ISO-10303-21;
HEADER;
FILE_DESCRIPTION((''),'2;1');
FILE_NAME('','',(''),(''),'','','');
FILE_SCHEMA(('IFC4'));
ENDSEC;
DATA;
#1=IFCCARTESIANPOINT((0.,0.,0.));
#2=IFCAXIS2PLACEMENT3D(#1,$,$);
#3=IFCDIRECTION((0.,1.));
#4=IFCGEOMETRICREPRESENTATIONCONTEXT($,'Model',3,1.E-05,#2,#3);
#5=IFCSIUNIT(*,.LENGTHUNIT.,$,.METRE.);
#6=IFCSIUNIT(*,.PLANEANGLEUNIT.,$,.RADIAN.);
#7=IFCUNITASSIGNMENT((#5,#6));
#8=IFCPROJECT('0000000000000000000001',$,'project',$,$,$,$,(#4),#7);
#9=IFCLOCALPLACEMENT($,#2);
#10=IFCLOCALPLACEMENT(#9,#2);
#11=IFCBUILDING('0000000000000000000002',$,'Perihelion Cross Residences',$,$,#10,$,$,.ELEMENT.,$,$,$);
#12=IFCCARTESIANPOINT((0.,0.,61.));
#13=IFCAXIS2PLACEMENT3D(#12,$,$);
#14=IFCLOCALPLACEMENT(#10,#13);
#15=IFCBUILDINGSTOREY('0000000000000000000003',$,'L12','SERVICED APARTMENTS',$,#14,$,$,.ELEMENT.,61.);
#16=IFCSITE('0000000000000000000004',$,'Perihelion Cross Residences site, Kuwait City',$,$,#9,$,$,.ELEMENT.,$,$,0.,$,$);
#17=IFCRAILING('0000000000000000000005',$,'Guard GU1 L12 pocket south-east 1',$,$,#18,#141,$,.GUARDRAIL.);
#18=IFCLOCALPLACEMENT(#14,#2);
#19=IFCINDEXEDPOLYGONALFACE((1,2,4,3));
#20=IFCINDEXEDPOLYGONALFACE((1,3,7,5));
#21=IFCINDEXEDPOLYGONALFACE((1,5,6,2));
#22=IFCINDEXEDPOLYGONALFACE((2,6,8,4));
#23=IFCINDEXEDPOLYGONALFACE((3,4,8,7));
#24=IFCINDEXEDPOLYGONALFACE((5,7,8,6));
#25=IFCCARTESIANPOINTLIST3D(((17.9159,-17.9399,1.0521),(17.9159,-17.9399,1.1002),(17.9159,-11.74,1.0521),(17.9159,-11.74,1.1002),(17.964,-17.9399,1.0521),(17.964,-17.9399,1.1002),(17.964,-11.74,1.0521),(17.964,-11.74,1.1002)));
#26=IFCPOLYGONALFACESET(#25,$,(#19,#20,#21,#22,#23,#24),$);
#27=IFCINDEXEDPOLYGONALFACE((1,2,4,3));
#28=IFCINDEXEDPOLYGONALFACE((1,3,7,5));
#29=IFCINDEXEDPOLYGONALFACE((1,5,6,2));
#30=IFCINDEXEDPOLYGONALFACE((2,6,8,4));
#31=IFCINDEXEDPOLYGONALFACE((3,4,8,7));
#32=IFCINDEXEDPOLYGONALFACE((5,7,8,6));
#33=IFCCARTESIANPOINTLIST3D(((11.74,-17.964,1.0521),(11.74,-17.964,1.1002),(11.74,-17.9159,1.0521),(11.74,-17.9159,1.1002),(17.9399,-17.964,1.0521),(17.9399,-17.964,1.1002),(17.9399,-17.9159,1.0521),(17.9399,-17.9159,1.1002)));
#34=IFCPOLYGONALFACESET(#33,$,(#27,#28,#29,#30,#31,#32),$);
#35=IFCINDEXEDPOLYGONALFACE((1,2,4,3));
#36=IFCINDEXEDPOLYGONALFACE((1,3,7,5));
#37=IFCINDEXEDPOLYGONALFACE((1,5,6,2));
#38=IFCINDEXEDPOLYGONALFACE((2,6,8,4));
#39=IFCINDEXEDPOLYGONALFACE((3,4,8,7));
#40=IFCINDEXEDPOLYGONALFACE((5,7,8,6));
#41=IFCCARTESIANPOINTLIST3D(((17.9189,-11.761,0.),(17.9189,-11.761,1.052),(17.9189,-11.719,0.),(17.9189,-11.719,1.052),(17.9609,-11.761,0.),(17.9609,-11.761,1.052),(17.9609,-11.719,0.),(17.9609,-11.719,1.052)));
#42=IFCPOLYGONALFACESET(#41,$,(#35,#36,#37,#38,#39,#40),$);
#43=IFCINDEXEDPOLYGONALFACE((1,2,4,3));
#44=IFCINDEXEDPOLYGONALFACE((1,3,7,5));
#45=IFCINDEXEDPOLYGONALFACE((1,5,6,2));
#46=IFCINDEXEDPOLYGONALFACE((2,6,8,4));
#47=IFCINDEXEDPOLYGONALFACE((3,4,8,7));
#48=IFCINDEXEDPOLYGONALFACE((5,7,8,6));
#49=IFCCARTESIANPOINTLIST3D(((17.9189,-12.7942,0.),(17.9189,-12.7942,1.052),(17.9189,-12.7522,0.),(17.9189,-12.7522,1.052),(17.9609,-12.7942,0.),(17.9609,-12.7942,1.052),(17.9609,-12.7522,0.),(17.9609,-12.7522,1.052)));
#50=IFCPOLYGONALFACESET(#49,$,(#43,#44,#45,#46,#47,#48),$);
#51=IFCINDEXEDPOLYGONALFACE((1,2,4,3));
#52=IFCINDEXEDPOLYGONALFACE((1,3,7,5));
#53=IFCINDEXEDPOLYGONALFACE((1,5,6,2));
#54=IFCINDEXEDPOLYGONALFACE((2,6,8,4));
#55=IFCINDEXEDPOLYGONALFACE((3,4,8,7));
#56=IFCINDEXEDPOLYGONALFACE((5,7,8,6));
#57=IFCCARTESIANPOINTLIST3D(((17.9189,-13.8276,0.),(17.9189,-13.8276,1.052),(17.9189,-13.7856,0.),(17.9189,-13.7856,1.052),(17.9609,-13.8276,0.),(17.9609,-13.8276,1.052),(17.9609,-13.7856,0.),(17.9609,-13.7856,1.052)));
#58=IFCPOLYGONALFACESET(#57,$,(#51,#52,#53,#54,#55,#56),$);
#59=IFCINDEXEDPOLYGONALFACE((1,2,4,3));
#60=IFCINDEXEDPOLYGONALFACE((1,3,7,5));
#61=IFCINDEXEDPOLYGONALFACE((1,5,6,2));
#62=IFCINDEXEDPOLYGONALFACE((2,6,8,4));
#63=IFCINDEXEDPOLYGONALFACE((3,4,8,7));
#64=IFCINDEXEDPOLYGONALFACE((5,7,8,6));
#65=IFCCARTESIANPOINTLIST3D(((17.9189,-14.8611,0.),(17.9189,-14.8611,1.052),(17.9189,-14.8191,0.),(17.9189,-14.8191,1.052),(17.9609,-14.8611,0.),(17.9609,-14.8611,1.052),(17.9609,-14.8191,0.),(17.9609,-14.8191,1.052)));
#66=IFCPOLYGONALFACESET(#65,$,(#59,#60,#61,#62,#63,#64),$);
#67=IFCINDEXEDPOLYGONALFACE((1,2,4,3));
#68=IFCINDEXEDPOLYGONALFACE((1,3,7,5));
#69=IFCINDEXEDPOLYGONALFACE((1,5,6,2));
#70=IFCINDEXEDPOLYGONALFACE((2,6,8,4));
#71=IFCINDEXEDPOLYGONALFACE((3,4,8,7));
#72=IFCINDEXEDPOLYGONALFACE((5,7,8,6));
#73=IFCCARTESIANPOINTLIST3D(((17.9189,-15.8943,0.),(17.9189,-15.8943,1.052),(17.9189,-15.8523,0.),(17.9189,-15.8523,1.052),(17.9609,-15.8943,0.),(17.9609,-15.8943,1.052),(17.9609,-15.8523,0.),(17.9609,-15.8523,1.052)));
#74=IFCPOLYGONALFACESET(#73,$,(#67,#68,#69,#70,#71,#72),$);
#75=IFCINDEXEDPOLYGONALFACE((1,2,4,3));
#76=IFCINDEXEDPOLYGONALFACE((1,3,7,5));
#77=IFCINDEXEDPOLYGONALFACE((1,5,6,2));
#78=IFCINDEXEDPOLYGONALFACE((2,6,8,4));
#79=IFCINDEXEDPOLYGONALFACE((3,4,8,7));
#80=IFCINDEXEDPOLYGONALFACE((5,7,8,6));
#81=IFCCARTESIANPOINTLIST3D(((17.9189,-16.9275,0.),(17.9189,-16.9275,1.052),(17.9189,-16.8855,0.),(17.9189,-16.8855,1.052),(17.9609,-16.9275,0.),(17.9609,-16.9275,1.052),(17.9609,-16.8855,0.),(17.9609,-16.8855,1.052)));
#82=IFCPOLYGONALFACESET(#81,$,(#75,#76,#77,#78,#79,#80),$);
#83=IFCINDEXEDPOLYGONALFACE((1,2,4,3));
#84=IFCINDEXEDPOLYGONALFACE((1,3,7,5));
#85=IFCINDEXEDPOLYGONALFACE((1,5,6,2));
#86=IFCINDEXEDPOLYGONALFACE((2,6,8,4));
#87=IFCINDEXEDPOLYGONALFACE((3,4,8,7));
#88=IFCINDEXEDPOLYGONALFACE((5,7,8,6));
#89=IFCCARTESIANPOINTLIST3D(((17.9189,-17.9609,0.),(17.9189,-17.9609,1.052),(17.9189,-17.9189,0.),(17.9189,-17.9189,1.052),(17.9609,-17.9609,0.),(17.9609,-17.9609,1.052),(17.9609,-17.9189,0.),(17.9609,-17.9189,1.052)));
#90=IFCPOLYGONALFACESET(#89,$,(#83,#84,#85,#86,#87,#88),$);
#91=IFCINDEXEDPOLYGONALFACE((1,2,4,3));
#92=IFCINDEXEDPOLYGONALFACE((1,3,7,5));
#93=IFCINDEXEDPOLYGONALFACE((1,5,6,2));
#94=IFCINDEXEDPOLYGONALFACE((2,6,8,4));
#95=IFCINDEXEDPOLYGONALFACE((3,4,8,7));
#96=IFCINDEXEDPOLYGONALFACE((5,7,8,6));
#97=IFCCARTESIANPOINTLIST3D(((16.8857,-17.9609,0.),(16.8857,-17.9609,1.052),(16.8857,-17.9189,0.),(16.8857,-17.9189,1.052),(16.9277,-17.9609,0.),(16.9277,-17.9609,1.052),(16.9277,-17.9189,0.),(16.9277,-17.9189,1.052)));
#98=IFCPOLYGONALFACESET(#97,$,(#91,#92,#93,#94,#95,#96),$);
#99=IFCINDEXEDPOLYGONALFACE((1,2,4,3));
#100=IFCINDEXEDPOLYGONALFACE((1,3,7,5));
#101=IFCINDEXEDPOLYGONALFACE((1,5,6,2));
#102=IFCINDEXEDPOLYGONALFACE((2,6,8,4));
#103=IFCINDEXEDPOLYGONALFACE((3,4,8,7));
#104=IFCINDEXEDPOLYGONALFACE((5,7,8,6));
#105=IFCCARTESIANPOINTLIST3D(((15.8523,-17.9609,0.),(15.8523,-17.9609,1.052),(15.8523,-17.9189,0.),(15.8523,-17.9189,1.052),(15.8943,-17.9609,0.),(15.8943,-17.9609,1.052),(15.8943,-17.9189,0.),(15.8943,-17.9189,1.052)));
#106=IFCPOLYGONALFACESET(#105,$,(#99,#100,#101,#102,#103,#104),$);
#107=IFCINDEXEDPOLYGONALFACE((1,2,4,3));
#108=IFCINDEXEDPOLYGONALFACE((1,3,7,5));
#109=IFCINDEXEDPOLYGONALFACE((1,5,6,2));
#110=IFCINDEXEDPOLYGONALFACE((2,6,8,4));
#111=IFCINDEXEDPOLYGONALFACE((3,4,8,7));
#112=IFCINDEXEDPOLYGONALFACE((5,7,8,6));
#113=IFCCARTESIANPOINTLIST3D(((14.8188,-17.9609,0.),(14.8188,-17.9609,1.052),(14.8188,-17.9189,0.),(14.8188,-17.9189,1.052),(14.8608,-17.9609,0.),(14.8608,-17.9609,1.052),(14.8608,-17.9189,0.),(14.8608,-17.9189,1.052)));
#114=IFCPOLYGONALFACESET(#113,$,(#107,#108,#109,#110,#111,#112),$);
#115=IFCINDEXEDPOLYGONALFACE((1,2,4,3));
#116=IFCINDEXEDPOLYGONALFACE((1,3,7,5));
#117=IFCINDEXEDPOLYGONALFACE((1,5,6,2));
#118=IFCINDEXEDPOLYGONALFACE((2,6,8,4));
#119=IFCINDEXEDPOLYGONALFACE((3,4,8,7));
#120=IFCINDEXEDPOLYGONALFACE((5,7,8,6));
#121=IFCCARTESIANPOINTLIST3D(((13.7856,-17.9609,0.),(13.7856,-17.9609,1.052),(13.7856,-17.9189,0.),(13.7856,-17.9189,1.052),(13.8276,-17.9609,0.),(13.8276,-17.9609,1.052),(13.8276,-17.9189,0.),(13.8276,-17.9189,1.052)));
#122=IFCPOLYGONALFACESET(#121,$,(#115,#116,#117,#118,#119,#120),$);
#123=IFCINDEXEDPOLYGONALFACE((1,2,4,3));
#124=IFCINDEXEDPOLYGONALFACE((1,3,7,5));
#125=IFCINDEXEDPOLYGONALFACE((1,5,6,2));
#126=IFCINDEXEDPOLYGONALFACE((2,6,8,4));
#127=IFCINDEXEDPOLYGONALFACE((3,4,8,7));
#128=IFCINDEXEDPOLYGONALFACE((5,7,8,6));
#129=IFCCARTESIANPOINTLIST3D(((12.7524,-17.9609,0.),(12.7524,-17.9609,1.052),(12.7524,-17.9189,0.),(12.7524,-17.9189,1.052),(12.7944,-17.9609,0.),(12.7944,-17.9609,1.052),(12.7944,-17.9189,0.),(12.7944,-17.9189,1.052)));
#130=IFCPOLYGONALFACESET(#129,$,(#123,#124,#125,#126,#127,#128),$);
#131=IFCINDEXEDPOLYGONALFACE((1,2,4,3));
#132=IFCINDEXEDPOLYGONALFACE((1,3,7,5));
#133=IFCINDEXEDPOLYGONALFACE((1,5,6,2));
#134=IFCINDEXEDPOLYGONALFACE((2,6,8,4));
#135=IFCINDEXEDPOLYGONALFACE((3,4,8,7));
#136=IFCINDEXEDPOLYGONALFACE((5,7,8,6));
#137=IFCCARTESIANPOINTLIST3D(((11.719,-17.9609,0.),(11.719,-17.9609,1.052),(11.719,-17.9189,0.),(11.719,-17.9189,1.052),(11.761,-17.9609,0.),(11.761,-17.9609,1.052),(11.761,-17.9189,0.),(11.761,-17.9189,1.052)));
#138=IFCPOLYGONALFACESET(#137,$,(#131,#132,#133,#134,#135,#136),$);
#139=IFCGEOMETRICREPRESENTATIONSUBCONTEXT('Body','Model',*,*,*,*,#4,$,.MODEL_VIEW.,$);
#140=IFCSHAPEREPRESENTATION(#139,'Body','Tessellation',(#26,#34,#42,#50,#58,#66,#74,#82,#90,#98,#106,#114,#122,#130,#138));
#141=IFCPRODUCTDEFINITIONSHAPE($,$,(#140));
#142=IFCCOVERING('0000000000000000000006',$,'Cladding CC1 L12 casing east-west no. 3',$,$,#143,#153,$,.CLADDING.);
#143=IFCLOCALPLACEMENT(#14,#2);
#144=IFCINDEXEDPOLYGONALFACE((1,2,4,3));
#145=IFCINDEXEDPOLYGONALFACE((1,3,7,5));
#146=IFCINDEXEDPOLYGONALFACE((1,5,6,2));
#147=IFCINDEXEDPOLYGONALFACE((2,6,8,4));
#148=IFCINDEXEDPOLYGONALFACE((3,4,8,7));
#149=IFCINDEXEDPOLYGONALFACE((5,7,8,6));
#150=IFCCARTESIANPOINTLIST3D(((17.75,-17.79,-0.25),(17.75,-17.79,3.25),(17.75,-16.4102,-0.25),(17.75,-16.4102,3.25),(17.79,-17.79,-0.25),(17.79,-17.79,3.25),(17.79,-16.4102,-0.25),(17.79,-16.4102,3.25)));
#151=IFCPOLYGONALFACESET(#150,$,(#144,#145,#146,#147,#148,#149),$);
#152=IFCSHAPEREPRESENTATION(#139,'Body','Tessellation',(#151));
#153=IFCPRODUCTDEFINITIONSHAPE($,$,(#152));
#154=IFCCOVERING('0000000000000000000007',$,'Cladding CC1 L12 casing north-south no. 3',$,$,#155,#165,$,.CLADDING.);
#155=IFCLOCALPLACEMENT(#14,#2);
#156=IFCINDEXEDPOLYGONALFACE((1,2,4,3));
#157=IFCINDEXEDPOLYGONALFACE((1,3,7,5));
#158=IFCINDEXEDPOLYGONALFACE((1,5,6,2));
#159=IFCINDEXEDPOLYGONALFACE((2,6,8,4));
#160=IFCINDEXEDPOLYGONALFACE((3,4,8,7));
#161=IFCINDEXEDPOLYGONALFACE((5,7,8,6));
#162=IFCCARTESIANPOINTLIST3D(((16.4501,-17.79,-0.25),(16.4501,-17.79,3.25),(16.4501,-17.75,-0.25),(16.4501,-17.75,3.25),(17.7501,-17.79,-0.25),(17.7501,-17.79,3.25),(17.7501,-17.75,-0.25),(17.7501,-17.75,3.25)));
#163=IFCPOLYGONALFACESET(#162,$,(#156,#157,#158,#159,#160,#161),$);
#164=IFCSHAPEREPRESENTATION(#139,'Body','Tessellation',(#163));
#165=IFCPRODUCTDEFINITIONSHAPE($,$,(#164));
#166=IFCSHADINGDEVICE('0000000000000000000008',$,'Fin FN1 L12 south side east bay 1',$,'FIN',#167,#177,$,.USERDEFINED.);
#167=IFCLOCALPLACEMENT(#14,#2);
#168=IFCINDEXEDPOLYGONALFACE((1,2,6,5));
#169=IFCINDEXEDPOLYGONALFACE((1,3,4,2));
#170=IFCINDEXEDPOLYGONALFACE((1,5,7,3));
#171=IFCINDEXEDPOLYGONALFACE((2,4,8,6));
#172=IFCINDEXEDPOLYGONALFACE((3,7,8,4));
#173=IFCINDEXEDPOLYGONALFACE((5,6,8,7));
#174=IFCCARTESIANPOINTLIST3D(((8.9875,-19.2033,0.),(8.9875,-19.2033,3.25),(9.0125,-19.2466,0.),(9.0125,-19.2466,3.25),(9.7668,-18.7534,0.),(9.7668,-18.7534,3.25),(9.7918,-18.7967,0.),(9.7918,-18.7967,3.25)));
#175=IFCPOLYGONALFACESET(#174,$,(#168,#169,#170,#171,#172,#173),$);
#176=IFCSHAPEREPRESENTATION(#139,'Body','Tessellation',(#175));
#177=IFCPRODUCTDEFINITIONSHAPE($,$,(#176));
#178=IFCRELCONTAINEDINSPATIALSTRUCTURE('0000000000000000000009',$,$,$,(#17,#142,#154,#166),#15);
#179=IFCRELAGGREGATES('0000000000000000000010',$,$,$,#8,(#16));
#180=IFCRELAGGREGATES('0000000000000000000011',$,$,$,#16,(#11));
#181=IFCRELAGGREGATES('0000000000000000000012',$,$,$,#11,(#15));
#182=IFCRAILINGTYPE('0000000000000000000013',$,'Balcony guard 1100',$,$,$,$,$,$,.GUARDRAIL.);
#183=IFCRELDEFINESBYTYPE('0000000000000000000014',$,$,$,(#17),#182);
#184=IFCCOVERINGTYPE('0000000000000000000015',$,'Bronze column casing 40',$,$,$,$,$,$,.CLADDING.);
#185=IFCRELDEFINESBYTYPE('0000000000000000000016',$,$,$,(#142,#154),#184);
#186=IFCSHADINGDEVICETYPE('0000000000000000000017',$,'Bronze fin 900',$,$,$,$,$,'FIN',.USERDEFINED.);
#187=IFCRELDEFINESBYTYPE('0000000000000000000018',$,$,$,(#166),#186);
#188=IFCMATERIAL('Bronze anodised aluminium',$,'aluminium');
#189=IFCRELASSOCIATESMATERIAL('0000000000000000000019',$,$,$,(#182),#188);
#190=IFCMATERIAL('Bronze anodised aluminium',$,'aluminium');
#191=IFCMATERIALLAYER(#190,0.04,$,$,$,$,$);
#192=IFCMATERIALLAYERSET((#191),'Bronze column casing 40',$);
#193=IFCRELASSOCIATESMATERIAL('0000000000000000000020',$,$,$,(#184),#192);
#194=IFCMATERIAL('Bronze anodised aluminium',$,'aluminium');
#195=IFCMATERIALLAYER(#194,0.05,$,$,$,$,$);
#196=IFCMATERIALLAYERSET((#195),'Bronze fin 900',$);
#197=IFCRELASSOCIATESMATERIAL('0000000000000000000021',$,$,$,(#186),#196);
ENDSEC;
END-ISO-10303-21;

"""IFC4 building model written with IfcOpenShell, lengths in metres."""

from ifc_helpers import new_model, si_unit, direction, frame, origin, origin_2d, place, context, subcontext, project, spatial, rectangle, extrude, material, layer, layer_set, type_object, element, save


model = new_model("IFC4")

# Units and contexts
model_context = context("Model", 3, precision=1e-05, world=origin(), true_north=direction((0.0, 1.0)))
body_context = subcontext(model_context, "Body", "Model", "MODEL_VIEW")
ifc_project = project(units=[si_unit("LENGTHUNIT", "METRE"), si_unit("PLANEANGLEUNIT", "RADIAN")], contexts=[model_context])

# Site, building, storey
site_placement = place(None, origin())
site = spatial("IfcSite", under=ifc_project, at=site_placement, Name="Perihelion Cross Residences site, Kuwait City", CompositionType="ELEMENT", RefElevation=0.0)
building_placement = place(site_placement, origin())
building = spatial("IfcBuilding", under=site, at=building_placement, Name="Perihelion Cross Residences", CompositionType="ELEMENT")
storey_placement = place(building_placement, frame((0.0, 0.0, 61.0)))
storey = spatial("IfcBuildingStorey", under=building, at=storey_placement, Name="L12", Description="SERVICED APARTMENTS", CompositionType="ELEMENT", Elevation=61.0)

# Railing
ifc_material_1 = material(Name="Bronze anodised aluminium", Category="aluminium")
railing_type = type_object("IfcRailingType", Name="Balcony guard 1100", PredefinedType="GUARDRAIL", material=ifc_material_1)
railing_1_placement = place(storey_placement, frame((17.9399, -11.74, 0.0)))
element("IfcRailing", 1, at=railing_1_placement, inside=storey, type_object=railing_type, Name="Guard GU1 L12 pocket south-east 1", PredefinedType="GUARDRAIL", context=body_context, shape_type="SweptSolid", body=[
    extrude(rectangle(XDim=0.0481, YDim=0.0481, at=origin_2d()), frame((0.0, 0.0, 1.0762), z_axis=(0.0, -1.0, 0.0), x_axis=(1.0, 0.0, 0.0)), (0.0, 0.0, 1.0), 6.2),
    extrude(rectangle(XDim=0.0481, YDim=0.0481, at=origin_2d()), frame((0.0, -6.2, 1.0762), z_axis=(-1.0, 0.0, 0.0), x_axis=(0.0, -1.0, 0.0)), (0.0, 0.0, 1.0), 6.2),
    extrude(rectangle(XDim=0.042, YDim=0.042, at=origin_2d()), origin(), (0.0, 0.0, 1.0), 1.052),
    extrude(rectangle(XDim=0.042, YDim=0.042, at=origin_2d()), frame((0.0, -1.0332, 0.0)), (0.0, 0.0, 1.0), 1.052),
    extrude(rectangle(XDim=0.042, YDim=0.042, at=origin_2d()), frame((0.0, -2.0667, 0.0)), (0.0, 0.0, 1.0), 1.052),
    extrude(rectangle(XDim=0.042, YDim=0.042, at=origin_2d()), frame((0.0, -3.1001, 0.0)), (0.0, 0.0, 1.0), 1.052),
    extrude(rectangle(XDim=0.042, YDim=0.042, at=origin_2d()), frame((0.0, -4.1333, 0.0)), (0.0, 0.0, 1.0), 1.052),
    extrude(rectangle(XDim=0.042, YDim=0.042, at=origin_2d()), frame((0.0, -5.1665, 0.0)), (0.0, 0.0, 1.0), 1.052),
    extrude(rectangle(XDim=0.042, YDim=0.042, at=origin_2d()), frame((0.0, -6.2, 0.0)), (0.0, 0.0, 1.0), 1.052),
    extrude(rectangle(XDim=0.042, YDim=0.042, at=origin_2d()), frame((-1.0332, -6.2, 0.0)), (0.0, 0.0, 1.0), 1.052),
    extrude(rectangle(XDim=0.042, YDim=0.042, at=origin_2d()), frame((-2.0667, -6.2, 0.0)), (0.0, 0.0, 1.0), 1.052),
    extrude(rectangle(XDim=0.042, YDim=0.042, at=origin_2d()), frame((-3.1001, -6.2, 0.0)), (0.0, 0.0, 1.0), 1.052),
    extrude(rectangle(XDim=0.042, YDim=0.042, at=origin_2d()), frame((-4.1333, -6.2, 0.0)), (0.0, 0.0, 1.0), 1.052),
    extrude(rectangle(XDim=0.042, YDim=0.042, at=origin_2d()), frame((-5.1665, -6.2, 0.0)), (0.0, 0.0, 1.0), 1.052),
    extrude(rectangle(XDim=0.042, YDim=0.042, at=origin_2d()), frame((-6.2, -6.2, 0.0)), (0.0, 0.0, 1.0), 1.052),
])

# Coverings
ifc_material_2 = material(Name="Bronze anodised aluminium", Category="aluminium")
ifc_layer_1 = layer(ifc_material_2, 0.04)
ifc_layer_set_1 = layer_set([ifc_layer_1], Name="Bronze column casing 40")
covering_type = type_object("IfcCoveringType", Name="Bronze column casing 40", PredefinedType="CLADDING", material=ifc_layer_set_1)
covering_1_placement = place(storey_placement, frame((17.77, -17.1001, -0.25), z_axis=(0.0, 0.0, 1.0), x_axis=(1.0, 0.0, 0.0)))
element("IfcCovering", 2, at=covering_1_placement, inside=storey, type_object=covering_type, Name="Cladding CC1 L12 casing east-west no. 3", PredefinedType="CLADDING", context=body_context, shape_type="SweptSolid", body=[
    extrude(rectangle(XDim=0.04, YDim=1.3799, at=origin_2d()), origin(), (0.0, 0.0, 1.0), 3.5),
])
covering_2_placement = place(storey_placement, frame((17.1001, -17.77, -0.25), z_axis=(0.0, 0.0, 1.0), x_axis=(1.0, 0.0, 0.0)))
element("IfcCovering", 3, at=covering_2_placement, inside=storey, type_object=covering_type, Name="Cladding CC1 L12 casing north-south no. 3", PredefinedType="CLADDING", context=body_context, shape_type="SweptSolid", body=[
    extrude(rectangle(XDim=1.3, YDim=0.04, at=origin_2d()), origin(), (0.0, 0.0, 1.0), 3.5),
])

# Shading device
ifc_material_3 = material(Name="Bronze anodised aluminium", Category="aluminium")
ifc_layer_2 = layer(ifc_material_3, 0.05)
ifc_layer_set_2 = layer_set([ifc_layer_2], Name="Bronze fin 900")
shading_device_type = type_object("IfcShadingDeviceType", Name="Bronze fin 900", ElementType="FIN", PredefinedType="USERDEFINED", material=ifc_layer_set_2)
shading_device_placement = place(storey_placement, frame((9.3896, -19.0, 0.0), z_axis=(0.0, 0.0, 1.0), x_axis=(0.866025, 0.5, 0.0)))
element("IfcShadingDevice", 4, at=shading_device_placement, inside=storey, type_object=shading_device_type, Name="Fin FN1 L12 south side east bay 1", ObjectType="FIN", PredefinedType="USERDEFINED", context=body_context, shape_type="SweptSolid", body=[
    extrude(rectangle(XDim=0.8999, YDim=0.05, at=origin_2d()), origin(), (0.0, 0.0, 1.0), 3.25),
])

save(model, "model.ifc")
